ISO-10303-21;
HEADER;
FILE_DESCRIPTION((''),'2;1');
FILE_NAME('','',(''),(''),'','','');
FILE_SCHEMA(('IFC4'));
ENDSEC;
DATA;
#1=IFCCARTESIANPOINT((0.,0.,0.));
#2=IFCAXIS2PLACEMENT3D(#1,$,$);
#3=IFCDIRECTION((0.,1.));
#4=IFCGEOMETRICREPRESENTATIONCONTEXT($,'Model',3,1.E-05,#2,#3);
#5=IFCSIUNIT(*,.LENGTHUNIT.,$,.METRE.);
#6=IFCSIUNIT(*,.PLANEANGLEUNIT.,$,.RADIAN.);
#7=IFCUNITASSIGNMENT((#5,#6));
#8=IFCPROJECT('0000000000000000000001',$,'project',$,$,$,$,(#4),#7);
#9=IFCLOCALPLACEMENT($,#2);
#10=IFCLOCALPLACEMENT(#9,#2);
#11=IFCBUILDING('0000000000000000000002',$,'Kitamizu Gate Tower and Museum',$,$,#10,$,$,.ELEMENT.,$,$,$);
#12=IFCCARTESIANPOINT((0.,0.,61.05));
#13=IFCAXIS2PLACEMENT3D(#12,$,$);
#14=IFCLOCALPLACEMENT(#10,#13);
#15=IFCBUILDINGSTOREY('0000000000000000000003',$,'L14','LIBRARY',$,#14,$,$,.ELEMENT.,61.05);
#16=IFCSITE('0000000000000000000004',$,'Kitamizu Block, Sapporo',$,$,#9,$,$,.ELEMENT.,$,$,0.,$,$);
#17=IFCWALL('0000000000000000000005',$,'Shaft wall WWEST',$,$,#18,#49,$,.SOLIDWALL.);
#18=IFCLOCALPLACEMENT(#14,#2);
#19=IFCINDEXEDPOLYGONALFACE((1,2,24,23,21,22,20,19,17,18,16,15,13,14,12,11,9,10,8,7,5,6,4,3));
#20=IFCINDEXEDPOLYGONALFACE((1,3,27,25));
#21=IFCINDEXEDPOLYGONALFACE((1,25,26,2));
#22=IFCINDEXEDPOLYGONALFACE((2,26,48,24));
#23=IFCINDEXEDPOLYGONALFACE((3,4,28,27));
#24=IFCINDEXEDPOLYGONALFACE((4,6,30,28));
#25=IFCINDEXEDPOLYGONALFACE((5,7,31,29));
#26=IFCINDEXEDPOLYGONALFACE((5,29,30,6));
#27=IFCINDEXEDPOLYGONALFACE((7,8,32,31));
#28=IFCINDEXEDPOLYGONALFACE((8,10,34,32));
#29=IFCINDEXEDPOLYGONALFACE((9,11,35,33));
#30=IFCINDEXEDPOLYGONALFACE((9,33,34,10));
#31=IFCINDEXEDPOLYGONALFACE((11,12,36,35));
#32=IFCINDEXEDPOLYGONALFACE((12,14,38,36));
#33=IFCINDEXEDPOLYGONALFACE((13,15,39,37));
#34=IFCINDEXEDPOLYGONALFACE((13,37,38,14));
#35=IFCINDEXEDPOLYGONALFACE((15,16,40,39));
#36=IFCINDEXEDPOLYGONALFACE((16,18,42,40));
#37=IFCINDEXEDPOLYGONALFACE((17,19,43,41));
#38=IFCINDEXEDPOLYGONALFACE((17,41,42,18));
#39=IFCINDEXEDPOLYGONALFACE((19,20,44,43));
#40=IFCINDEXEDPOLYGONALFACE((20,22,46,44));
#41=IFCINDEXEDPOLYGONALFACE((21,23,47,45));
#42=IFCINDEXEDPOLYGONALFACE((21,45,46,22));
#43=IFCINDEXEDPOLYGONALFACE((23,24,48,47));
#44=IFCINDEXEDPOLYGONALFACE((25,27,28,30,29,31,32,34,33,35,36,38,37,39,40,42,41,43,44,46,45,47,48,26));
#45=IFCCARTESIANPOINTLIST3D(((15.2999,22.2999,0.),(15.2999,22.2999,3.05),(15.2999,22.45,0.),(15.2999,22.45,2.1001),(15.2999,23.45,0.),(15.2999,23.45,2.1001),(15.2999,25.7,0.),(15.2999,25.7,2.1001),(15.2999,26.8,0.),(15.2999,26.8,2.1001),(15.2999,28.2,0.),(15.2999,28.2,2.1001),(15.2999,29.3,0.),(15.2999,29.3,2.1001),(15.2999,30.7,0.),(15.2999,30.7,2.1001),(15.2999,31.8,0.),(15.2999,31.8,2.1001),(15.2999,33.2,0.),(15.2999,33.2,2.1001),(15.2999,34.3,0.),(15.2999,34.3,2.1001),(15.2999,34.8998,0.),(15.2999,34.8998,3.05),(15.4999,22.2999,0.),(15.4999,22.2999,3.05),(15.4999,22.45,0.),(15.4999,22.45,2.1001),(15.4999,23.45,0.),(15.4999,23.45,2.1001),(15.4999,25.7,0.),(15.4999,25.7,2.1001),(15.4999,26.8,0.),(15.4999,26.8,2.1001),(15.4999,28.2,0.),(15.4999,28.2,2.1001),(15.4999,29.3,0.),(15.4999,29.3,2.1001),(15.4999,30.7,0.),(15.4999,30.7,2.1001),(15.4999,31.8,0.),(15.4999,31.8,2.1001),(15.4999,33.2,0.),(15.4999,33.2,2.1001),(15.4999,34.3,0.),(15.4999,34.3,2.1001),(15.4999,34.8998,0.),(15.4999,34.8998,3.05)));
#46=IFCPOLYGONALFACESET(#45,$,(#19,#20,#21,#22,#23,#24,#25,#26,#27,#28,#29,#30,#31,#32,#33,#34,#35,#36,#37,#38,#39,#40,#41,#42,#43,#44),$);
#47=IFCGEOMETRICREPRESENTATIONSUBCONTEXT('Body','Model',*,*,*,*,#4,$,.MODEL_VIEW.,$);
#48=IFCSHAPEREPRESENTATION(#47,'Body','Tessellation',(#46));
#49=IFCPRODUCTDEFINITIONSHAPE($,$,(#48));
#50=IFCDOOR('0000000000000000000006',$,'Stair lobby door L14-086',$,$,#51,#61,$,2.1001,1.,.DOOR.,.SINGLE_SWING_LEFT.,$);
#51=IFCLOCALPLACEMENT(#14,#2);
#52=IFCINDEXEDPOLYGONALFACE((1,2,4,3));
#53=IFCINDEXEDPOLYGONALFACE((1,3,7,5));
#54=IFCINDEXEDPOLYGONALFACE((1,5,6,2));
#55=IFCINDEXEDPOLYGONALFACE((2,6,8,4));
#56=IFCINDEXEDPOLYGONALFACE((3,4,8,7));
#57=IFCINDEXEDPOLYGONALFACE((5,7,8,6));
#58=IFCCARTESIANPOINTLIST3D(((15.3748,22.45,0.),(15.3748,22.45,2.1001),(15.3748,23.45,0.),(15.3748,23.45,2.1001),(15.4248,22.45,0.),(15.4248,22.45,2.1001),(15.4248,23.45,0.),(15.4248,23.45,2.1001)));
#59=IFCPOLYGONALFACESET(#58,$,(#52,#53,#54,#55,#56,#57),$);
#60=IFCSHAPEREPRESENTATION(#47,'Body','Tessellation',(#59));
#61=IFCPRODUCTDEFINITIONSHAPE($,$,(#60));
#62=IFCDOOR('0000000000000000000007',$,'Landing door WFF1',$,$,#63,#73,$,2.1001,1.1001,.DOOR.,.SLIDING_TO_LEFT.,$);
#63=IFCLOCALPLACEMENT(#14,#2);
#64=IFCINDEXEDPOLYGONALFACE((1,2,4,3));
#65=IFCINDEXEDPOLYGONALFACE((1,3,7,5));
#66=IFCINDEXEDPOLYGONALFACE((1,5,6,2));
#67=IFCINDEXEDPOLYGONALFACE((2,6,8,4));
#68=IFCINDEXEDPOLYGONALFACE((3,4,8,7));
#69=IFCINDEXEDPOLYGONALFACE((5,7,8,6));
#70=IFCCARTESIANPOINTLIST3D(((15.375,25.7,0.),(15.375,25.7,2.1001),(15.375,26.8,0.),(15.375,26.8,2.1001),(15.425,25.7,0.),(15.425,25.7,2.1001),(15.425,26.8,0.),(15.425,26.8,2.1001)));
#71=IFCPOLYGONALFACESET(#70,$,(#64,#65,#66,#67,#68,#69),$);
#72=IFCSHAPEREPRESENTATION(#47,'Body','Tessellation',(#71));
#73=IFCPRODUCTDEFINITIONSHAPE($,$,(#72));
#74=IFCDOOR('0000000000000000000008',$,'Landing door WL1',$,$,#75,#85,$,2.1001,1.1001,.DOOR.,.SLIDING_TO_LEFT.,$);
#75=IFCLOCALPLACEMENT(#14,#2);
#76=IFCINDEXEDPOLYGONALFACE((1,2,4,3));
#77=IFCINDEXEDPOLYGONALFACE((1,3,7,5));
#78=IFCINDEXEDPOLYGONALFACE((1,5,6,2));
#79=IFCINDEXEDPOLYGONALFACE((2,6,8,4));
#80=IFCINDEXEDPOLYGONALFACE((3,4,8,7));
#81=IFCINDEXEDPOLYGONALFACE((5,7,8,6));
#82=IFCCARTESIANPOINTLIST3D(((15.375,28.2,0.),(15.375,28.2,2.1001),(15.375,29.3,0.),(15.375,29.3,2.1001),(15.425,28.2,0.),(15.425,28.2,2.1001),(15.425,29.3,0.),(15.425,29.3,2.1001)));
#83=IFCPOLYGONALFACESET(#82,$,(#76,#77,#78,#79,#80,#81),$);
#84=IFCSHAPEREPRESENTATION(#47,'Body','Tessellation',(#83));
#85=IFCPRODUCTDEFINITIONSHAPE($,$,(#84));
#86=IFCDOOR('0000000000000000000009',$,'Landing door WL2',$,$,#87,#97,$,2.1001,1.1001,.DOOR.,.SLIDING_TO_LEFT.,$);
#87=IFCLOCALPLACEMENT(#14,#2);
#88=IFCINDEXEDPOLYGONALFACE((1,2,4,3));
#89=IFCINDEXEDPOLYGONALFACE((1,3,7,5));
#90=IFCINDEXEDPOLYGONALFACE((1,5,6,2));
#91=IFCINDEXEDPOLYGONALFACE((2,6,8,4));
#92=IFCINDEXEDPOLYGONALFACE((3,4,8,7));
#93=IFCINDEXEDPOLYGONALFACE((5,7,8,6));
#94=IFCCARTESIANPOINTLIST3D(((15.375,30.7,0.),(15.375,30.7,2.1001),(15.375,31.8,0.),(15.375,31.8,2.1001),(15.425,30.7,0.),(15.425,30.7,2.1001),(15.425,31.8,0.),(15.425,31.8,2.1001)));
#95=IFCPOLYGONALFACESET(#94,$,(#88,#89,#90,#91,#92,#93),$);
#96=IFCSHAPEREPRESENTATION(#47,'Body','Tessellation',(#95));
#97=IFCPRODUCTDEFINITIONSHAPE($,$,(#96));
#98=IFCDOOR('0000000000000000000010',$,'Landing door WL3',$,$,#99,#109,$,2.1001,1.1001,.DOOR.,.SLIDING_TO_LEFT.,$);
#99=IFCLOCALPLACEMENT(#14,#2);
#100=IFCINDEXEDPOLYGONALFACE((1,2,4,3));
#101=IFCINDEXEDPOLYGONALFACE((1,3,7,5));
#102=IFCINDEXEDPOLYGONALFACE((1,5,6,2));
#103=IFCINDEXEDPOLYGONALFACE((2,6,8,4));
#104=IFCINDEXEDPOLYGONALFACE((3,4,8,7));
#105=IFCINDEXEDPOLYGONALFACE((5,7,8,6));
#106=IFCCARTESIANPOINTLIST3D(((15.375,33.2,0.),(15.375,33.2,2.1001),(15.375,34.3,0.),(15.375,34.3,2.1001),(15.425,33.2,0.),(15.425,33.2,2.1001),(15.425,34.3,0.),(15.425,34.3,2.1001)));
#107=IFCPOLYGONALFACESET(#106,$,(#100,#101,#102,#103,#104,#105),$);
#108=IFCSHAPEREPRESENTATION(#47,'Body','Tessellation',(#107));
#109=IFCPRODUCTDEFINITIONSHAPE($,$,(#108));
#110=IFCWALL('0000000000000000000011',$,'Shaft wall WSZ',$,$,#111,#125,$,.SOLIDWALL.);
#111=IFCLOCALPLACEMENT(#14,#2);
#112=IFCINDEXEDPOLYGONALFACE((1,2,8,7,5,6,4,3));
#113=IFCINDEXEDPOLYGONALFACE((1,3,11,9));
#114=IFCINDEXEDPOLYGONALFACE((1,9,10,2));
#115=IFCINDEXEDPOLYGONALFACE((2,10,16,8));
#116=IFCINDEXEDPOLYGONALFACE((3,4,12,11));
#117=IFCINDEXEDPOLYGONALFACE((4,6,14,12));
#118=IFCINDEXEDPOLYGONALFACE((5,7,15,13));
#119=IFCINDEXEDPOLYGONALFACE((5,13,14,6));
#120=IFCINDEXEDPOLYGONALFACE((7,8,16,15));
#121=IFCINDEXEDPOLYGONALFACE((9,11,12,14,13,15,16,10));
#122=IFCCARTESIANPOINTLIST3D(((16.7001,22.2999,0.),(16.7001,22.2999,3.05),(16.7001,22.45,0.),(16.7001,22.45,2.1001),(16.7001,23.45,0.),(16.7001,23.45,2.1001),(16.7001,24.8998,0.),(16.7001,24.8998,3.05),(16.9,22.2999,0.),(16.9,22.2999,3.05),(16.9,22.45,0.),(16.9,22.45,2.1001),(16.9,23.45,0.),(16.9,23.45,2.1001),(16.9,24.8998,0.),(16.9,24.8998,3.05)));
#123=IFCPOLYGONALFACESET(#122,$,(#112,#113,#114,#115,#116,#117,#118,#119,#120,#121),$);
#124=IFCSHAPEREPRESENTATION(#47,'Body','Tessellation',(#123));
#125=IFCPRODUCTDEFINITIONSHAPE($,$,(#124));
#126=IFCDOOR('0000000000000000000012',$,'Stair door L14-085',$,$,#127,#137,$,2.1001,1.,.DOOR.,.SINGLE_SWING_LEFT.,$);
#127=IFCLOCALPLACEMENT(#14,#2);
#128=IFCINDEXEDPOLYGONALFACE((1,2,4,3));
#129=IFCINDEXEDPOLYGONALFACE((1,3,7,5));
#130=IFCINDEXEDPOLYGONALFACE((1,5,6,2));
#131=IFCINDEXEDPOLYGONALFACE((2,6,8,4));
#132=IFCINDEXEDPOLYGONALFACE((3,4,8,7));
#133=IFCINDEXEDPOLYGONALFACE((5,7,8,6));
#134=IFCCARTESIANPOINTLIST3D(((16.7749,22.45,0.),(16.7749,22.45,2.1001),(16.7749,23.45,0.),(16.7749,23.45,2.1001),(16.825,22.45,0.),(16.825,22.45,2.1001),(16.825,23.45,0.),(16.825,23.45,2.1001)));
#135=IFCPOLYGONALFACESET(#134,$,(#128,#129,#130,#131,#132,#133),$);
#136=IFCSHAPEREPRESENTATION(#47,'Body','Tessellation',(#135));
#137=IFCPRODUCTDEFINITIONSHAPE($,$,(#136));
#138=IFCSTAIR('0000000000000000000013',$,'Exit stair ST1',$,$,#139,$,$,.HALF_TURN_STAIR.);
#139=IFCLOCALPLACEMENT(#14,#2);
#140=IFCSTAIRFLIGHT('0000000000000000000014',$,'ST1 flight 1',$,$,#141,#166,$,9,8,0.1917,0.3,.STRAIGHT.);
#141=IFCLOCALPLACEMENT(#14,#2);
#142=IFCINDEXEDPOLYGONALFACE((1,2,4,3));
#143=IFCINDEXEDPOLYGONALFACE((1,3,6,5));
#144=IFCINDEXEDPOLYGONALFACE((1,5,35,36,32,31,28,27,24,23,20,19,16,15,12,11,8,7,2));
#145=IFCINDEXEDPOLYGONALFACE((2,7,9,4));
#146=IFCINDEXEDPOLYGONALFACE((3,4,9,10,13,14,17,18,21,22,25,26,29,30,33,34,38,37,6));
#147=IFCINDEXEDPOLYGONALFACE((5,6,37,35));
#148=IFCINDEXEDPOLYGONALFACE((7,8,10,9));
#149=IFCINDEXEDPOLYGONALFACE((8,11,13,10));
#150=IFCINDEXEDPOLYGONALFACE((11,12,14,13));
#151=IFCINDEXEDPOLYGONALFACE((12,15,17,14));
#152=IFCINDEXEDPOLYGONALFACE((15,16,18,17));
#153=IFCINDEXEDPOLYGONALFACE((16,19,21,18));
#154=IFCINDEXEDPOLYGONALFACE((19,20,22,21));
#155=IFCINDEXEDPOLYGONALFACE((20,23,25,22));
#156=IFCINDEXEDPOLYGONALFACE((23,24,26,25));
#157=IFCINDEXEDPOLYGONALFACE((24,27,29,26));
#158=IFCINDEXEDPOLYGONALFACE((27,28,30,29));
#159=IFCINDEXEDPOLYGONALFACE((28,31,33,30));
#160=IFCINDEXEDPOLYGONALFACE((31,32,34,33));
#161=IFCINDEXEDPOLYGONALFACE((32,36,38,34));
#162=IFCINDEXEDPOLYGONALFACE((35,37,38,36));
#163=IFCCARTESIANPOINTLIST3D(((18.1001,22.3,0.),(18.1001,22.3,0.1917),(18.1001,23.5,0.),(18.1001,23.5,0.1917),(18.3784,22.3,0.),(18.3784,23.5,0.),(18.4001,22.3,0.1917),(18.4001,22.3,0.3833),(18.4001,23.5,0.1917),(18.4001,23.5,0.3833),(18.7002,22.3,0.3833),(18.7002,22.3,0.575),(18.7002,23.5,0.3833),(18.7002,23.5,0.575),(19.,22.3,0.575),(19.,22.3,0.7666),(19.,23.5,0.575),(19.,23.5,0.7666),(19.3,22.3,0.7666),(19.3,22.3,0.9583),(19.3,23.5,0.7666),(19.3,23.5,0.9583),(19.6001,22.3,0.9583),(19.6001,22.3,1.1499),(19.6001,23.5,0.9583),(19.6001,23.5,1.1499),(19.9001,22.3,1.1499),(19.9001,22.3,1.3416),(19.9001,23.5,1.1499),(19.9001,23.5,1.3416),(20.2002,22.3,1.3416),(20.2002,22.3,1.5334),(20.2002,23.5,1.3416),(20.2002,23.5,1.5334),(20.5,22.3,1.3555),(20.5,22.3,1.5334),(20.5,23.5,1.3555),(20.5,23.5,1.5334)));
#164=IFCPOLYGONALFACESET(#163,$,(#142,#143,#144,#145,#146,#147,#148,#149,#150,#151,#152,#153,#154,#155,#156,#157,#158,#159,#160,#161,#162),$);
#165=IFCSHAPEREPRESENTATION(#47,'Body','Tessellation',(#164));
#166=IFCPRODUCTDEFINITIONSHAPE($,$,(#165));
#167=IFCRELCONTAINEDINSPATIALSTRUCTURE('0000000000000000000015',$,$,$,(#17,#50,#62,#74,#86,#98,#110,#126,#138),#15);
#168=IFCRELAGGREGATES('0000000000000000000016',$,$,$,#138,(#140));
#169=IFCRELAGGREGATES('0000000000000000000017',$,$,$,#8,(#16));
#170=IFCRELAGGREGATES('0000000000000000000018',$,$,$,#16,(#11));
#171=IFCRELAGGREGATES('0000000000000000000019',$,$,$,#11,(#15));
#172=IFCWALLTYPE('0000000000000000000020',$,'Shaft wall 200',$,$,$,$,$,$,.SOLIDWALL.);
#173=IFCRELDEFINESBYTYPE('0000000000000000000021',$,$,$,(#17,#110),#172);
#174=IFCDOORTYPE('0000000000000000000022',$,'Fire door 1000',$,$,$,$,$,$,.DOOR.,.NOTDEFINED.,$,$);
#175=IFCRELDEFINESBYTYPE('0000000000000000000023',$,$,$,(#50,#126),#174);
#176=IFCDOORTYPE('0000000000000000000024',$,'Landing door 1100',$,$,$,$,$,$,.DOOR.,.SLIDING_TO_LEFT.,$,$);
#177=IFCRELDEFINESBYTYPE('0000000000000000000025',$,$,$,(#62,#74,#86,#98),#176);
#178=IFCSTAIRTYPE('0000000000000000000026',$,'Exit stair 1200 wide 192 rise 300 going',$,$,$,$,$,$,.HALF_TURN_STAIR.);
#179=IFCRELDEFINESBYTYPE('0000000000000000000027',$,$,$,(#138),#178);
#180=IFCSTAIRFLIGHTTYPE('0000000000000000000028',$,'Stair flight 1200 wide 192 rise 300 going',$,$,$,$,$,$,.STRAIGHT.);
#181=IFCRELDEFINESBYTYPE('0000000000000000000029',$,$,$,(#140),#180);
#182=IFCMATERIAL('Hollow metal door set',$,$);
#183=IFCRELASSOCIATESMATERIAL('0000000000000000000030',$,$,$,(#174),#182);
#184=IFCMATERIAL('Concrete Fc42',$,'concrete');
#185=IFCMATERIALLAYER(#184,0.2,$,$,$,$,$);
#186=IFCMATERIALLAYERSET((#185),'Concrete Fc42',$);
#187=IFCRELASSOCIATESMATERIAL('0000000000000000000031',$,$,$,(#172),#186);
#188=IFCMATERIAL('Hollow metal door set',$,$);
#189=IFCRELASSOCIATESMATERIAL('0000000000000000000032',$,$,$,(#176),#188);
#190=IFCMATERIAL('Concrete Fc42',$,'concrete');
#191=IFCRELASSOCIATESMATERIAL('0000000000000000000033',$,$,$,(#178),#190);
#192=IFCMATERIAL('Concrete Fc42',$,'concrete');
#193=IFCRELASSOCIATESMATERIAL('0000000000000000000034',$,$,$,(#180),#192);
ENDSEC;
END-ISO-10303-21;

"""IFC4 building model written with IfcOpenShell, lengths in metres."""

from ifc_helpers import new_model, si_unit, direction, frame, frame_2d, origin, place, context, subcontext, project, spatial, polyline, rectangle, outline, extrude, material, layer, layer_set, type_object, element, fill, aggregate, save


model = new_model("IFC4")

# Units and contexts
model_context = context("Model", 3, precision=1e-05, world=origin(), true_north=direction((0.0, 1.0)))
body_context = subcontext(model_context, "Body", "Model", "MODEL_VIEW")
ifc_project = project(units=[si_unit("LENGTHUNIT", "METRE"), si_unit("PLANEANGLEUNIT", "RADIAN")], contexts=[model_context])

# Site, building, storey
site_placement = place(None, origin())
site = spatial("IfcSite", under=ifc_project, at=site_placement, Name="Kitamizu Block, Sapporo", CompositionType="ELEMENT", RefElevation=0.0)
building_placement = place(site_placement, origin())
building = spatial("IfcBuilding", under=site, at=building_placement, Name="Kitamizu Gate Tower and Museum", CompositionType="ELEMENT")
storey_placement = place(building_placement, frame((0.0, 0.0, 61.05)))
storey = spatial("IfcBuildingStorey", under=building, at=storey_placement, Name="L14", Description="LIBRARY", CompositionType="ELEMENT", Elevation=61.05)

# Shared definitions
ifc_material_1 = material(Name="Hollow metal door set")
door_type_1 = type_object("IfcDoorType", Name="Fire door 1000", OperationType="NOTDEFINED", PredefinedType="DOOR", material=ifc_material_1)

# Wall, openings, doors
ifc_material_2 = material(Name="Concrete Fc42", Category="concrete")
ifc_layer_1 = layer(ifc_material_2, 0.2)
ifc_layer_set_1 = layer_set([ifc_layer_1], Name="Concrete Fc42")
wall_type_1 = type_object("IfcWallType", Name="Shaft wall 200", PredefinedType="SOLIDWALL", material=ifc_layer_set_1)
wall_1_placement = place(storey_placement, frame((15.3999, 22.3, 0.0), z_axis=(0.0, 0.0, 1.0), x_axis=(0.0, 1.0, 0.0)))
wall_1 = element("IfcWall", 1, at=wall_1_placement, inside=storey, type_object=wall_type_1, Name="Shaft wall WWEST", PredefinedType="SOLIDWALL", context=body_context, shape_type="SweptSolid", body=[
    extrude(rectangle(XDim=12.5999, YDim=0.2, at=frame_2d((6.2998, 0.0))), origin(), (0.0, 0.0, 1.0), 3.05),
])
opening_1_placement = place(wall_1_placement, frame((3.3999, 0.0, 0.0)))
opening_1 = element("IfcOpeningElement", 2, at=opening_1_placement, cuts=wall_1, PredefinedType="OPENING", context=body_context, shape_type="SweptSolid", body=[
    extrude(rectangle(XDim=1.1001, YDim=2.1001, at=frame_2d((0.55, 1.05))), frame((0.0, 0.1099, 0.0), z_axis=(0.0, -1.0, 0.0), x_axis=(1.0, 0.0, 0.0)), (0.0, 0.0, 1.0), 0.22),
])
opening_2_placement = place(wall_1_placement, frame((5.8999, 0.0, 0.0)))
opening_2 = element("IfcOpeningElement", 3, at=opening_2_placement, cuts=wall_1, PredefinedType="OPENING", context=body_context, shape_type="SweptSolid", body=[
    extrude(rectangle(XDim=1.1001, YDim=2.1001, at=frame_2d((0.55, 1.05))), frame((0.0, 0.1099, 0.0), z_axis=(0.0, -1.0, 0.0), x_axis=(1.0, 0.0, 0.0)), (0.0, 0.0, 1.0), 0.22),
])
opening_3_placement = place(wall_1_placement, frame((8.3999, 0.0, 0.0)))
opening_3 = element("IfcOpeningElement", 4, at=opening_3_placement, cuts=wall_1, PredefinedType="OPENING", context=body_context, shape_type="SweptSolid", body=[
    extrude(rectangle(XDim=1.1001, YDim=2.1001, at=frame_2d((0.55, 1.05))), frame((0.0, 0.1099, 0.0), z_axis=(0.0, -1.0, 0.0), x_axis=(1.0, 0.0, 0.0)), (0.0, 0.0, 1.0), 0.22),
])
opening_4_placement = place(wall_1_placement, frame((10.8999, 0.0, 0.0)))
opening_4 = element("IfcOpeningElement", 5, at=opening_4_placement, cuts=wall_1, PredefinedType="OPENING", context=body_context, shape_type="SweptSolid", body=[
    extrude(rectangle(XDim=1.1001, YDim=2.1001, at=frame_2d((0.55, 1.05))), frame((0.0, 0.1099, 0.0), z_axis=(0.0, -1.0, 0.0), x_axis=(1.0, 0.0, 0.0)), (0.0, 0.0, 1.0), 0.22),
])
opening_5_placement = place(wall_1_placement, frame((0.1499, 0.0, 0.0)))
opening_5 = element("IfcOpeningElement", 6, at=opening_5_placement, cuts=wall_1, PredefinedType="OPENING", context=body_context, shape_type="SweptSolid", body=[
    extrude(rectangle(XDim=1.0, YDim=2.1001, at=frame_2d((0.5, 1.05))), frame((0.0, 0.1099, 0.0), z_axis=(0.0, -1.0, 0.0), x_axis=(1.0, 0.0, 0.0)), (0.0, 0.0, 1.0), 0.22),
])
door_1_placement = place(opening_5_placement, frame((1.0, 0.0, 0.0), x_axis=(-1.0, 0.0, 0.0)))
door_1 = element("IfcDoor", 7, at=door_1_placement, inside=storey, type_object=door_type_1, Name="Stair lobby door L14-086", OperationType="SINGLE_SWING_LEFT", OverallHeight=2.1001, OverallWidth=1.0, PredefinedType="DOOR", context=body_context, shape_type="SweptSolid", body=[
    extrude(rectangle(XDim=1.0, YDim=2.1001, at=frame_2d((0.5, 1.05))), frame((0.0, 0.0249, 0.0), z_axis=(0.0, -1.0, 0.0), x_axis=(1.0, 0.0, 0.0)), (0.0, 0.0, 1.0), 0.05),
])
fill(opening_5, door_1)
ifc_material_3 = material(Name="Hollow metal door set")
door_type_2 = type_object("IfcDoorType", Name="Landing door 1100", OperationType="SLIDING_TO_LEFT", PredefinedType="DOOR", material=ifc_material_3)
door_2_placement = place(opening_1_placement, origin())
door_2 = element("IfcDoor", 8, at=door_2_placement, inside=storey, type_object=door_type_2, Name="Landing door WFF1", OperationType="SLIDING_TO_LEFT", OverallHeight=2.1001, OverallWidth=1.1001, PredefinedType="DOOR", context=body_context, shape_type="SweptSolid", body=[
    extrude(rectangle(XDim=1.1001, YDim=2.1001, at=frame_2d((0.55, 1.05))), frame((0.0, 0.0249, 0.0), z_axis=(0.0, -1.0, 0.0), x_axis=(1.0, 0.0, 0.0)), (0.0, 0.0, 1.0), 0.05),
])
fill(opening_1, door_2)
door_3_placement = place(opening_2_placement, origin())
door_3 = element("IfcDoor", 9, at=door_3_placement, inside=storey, type_object=door_type_2, Name="Landing door WL1", OperationType="SLIDING_TO_LEFT", OverallHeight=2.1001, OverallWidth=1.1001, PredefinedType="DOOR", context=body_context, shape_type="SweptSolid", body=[
    extrude(rectangle(XDim=1.1001, YDim=2.1001, at=frame_2d((0.55, 1.05))), frame((0.0, 0.0249, 0.0), z_axis=(0.0, -1.0, 0.0), x_axis=(1.0, 0.0, 0.0)), (0.0, 0.0, 1.0), 0.05),
])
fill(opening_2, door_3)
door_4_placement = place(opening_3_placement, origin())
door_4 = element("IfcDoor", 10, at=door_4_placement, inside=storey, type_object=door_type_2, Name="Landing door WL2", OperationType="SLIDING_TO_LEFT", OverallHeight=2.1001, OverallWidth=1.1001, PredefinedType="DOOR", context=body_context, shape_type="SweptSolid", body=[
    extrude(rectangle(XDim=1.1001, YDim=2.1001, at=frame_2d((0.55, 1.05))), frame((0.0, 0.0249, 0.0), z_axis=(0.0, -1.0, 0.0), x_axis=(1.0, 0.0, 0.0)), (0.0, 0.0, 1.0), 0.05),
])
fill(opening_3, door_4)
door_5_placement = place(opening_4_placement, origin())
door_5 = element("IfcDoor", 11, at=door_5_placement, inside=storey, type_object=door_type_2, Name="Landing door WL3", OperationType="SLIDING_TO_LEFT", OverallHeight=2.1001, OverallWidth=1.1001, PredefinedType="DOOR", context=body_context, shape_type="SweptSolid", body=[
    extrude(rectangle(XDim=1.1001, YDim=2.1001, at=frame_2d((0.55, 1.05))), frame((0.0, 0.0249, 0.0), z_axis=(0.0, -1.0, 0.0), x_axis=(1.0, 0.0, 0.0)), (0.0, 0.0, 1.0), 0.05),
])
fill(opening_4, door_5)

# Wall, opening, door
wall_2_placement = place(storey_placement, frame((16.8, 22.3, 0.0), z_axis=(0.0, 0.0, 1.0), x_axis=(0.0, 1.0, 0.0)))
wall_2 = element("IfcWall", 12, at=wall_2_placement, inside=storey, type_object=wall_type_1, Name="Shaft wall WSZ", PredefinedType="SOLIDWALL", context=body_context, shape_type="SweptSolid", body=[
    extrude(rectangle(XDim=2.5999, YDim=0.2, at=frame_2d((1.2998, 0.0))), origin(), (0.0, 0.0, 1.0), 3.05),
])
opening_6_placement = place(wall_2_placement, frame((0.1499, 0.0, 0.0)))
opening_6 = element("IfcOpeningElement", 13, at=opening_6_placement, cuts=wall_2, PredefinedType="OPENING", context=body_context, shape_type="SweptSolid", body=[
    extrude(rectangle(XDim=1.0, YDim=2.1001, at=frame_2d((0.5, 1.05))), frame((0.0, 0.1099, 0.0), z_axis=(0.0, -1.0, 0.0), x_axis=(1.0, 0.0, 0.0)), (0.0, 0.0, 1.0), 0.22),
])
door_6_placement = place(opening_6_placement, frame((1.0, 0.0, 0.0), x_axis=(-1.0, 0.0, 0.0)))
door_6 = element("IfcDoor", 14, at=door_6_placement, inside=storey, type_object=door_type_1, Name="Stair door L14-085", OperationType="SINGLE_SWING_LEFT", OverallHeight=2.1001, OverallWidth=1.0, PredefinedType="DOOR", context=body_context, shape_type="SweptSolid", body=[
    extrude(rectangle(XDim=1.0, YDim=2.1001, at=frame_2d((0.5, 1.05))), frame((0.0, 0.0249, 0.0), z_axis=(0.0, -1.0, 0.0), x_axis=(1.0, 0.0, 0.0)), (0.0, 0.0, 1.0), 0.05),
])
fill(opening_6, door_6)

# Stair, stair flight
ifc_material_4 = material(Name="Concrete Fc42", Category="concrete")
stair_type = type_object("IfcStairType", Name="Exit stair 1200 wide 192 rise 300 going", PredefinedType="HALF_TURN_STAIR", material=ifc_material_4)
stair_placement = place(storey_placement, origin())
stair = element("IfcStair", 15, at=stair_placement, inside=storey, type_object=stair_type, Name="Exit stair ST1", PredefinedType="HALF_TURN_STAIR")
ifc_material_5 = material(Name="Concrete Fc42", Category="concrete")
stair_flight_type = type_object("IfcStairFlightType", Name="Stair flight 1200 wide 192 rise 300 going", PredefinedType="STRAIGHT", material=ifc_material_5)
stair_flight_placement = place(storey_placement, frame((18.1001, 22.8999, 0.0), z_axis=(0.0, 0.0, 1.0), x_axis=(1.0, 0.0, 0.0)))
stair_flight = element("IfcStairFlight", 16, at=stair_flight_placement, type_object=stair_flight_type, Name="ST1 flight 1", NumberOfRisers=9, NumberOfTreads=8, PredefinedType="STRAIGHT", RiserHeight=0.1917, TreadLength=0.3, context=body_context, shape_type="SweptSolid", body=[
    extrude(outline(polyline([(0.0, 0.0), (0.0, 0.1917), (0.3, 0.1917), (0.3, 0.3833), (0.6001, 0.3833), (0.6001, 0.575), (0.8999, 0.575), (0.8999, 0.7666), (1.2, 0.7666), (1.2, 0.9583), (1.5, 0.9583), (1.5, 1.1499), (1.8, 1.1499), (1.8, 1.3416), (2.1001, 1.3416), (2.1001, 1.5334), (2.3999, 1.5334), (2.3999, 1.7251), (2.3999, 1.3555), (0.2783, 0.0), (0.0, 0.0)])), frame((0.0, 0.6001, 0.0), z_axis=(0.0, -1.0, 0.0), x_axis=(1.0, 0.0, 0.0)), (0.0, 0.0, 1.0), 1.2),
])
aggregate(stair, [stair_flight])

save(model, "model.ifc")
